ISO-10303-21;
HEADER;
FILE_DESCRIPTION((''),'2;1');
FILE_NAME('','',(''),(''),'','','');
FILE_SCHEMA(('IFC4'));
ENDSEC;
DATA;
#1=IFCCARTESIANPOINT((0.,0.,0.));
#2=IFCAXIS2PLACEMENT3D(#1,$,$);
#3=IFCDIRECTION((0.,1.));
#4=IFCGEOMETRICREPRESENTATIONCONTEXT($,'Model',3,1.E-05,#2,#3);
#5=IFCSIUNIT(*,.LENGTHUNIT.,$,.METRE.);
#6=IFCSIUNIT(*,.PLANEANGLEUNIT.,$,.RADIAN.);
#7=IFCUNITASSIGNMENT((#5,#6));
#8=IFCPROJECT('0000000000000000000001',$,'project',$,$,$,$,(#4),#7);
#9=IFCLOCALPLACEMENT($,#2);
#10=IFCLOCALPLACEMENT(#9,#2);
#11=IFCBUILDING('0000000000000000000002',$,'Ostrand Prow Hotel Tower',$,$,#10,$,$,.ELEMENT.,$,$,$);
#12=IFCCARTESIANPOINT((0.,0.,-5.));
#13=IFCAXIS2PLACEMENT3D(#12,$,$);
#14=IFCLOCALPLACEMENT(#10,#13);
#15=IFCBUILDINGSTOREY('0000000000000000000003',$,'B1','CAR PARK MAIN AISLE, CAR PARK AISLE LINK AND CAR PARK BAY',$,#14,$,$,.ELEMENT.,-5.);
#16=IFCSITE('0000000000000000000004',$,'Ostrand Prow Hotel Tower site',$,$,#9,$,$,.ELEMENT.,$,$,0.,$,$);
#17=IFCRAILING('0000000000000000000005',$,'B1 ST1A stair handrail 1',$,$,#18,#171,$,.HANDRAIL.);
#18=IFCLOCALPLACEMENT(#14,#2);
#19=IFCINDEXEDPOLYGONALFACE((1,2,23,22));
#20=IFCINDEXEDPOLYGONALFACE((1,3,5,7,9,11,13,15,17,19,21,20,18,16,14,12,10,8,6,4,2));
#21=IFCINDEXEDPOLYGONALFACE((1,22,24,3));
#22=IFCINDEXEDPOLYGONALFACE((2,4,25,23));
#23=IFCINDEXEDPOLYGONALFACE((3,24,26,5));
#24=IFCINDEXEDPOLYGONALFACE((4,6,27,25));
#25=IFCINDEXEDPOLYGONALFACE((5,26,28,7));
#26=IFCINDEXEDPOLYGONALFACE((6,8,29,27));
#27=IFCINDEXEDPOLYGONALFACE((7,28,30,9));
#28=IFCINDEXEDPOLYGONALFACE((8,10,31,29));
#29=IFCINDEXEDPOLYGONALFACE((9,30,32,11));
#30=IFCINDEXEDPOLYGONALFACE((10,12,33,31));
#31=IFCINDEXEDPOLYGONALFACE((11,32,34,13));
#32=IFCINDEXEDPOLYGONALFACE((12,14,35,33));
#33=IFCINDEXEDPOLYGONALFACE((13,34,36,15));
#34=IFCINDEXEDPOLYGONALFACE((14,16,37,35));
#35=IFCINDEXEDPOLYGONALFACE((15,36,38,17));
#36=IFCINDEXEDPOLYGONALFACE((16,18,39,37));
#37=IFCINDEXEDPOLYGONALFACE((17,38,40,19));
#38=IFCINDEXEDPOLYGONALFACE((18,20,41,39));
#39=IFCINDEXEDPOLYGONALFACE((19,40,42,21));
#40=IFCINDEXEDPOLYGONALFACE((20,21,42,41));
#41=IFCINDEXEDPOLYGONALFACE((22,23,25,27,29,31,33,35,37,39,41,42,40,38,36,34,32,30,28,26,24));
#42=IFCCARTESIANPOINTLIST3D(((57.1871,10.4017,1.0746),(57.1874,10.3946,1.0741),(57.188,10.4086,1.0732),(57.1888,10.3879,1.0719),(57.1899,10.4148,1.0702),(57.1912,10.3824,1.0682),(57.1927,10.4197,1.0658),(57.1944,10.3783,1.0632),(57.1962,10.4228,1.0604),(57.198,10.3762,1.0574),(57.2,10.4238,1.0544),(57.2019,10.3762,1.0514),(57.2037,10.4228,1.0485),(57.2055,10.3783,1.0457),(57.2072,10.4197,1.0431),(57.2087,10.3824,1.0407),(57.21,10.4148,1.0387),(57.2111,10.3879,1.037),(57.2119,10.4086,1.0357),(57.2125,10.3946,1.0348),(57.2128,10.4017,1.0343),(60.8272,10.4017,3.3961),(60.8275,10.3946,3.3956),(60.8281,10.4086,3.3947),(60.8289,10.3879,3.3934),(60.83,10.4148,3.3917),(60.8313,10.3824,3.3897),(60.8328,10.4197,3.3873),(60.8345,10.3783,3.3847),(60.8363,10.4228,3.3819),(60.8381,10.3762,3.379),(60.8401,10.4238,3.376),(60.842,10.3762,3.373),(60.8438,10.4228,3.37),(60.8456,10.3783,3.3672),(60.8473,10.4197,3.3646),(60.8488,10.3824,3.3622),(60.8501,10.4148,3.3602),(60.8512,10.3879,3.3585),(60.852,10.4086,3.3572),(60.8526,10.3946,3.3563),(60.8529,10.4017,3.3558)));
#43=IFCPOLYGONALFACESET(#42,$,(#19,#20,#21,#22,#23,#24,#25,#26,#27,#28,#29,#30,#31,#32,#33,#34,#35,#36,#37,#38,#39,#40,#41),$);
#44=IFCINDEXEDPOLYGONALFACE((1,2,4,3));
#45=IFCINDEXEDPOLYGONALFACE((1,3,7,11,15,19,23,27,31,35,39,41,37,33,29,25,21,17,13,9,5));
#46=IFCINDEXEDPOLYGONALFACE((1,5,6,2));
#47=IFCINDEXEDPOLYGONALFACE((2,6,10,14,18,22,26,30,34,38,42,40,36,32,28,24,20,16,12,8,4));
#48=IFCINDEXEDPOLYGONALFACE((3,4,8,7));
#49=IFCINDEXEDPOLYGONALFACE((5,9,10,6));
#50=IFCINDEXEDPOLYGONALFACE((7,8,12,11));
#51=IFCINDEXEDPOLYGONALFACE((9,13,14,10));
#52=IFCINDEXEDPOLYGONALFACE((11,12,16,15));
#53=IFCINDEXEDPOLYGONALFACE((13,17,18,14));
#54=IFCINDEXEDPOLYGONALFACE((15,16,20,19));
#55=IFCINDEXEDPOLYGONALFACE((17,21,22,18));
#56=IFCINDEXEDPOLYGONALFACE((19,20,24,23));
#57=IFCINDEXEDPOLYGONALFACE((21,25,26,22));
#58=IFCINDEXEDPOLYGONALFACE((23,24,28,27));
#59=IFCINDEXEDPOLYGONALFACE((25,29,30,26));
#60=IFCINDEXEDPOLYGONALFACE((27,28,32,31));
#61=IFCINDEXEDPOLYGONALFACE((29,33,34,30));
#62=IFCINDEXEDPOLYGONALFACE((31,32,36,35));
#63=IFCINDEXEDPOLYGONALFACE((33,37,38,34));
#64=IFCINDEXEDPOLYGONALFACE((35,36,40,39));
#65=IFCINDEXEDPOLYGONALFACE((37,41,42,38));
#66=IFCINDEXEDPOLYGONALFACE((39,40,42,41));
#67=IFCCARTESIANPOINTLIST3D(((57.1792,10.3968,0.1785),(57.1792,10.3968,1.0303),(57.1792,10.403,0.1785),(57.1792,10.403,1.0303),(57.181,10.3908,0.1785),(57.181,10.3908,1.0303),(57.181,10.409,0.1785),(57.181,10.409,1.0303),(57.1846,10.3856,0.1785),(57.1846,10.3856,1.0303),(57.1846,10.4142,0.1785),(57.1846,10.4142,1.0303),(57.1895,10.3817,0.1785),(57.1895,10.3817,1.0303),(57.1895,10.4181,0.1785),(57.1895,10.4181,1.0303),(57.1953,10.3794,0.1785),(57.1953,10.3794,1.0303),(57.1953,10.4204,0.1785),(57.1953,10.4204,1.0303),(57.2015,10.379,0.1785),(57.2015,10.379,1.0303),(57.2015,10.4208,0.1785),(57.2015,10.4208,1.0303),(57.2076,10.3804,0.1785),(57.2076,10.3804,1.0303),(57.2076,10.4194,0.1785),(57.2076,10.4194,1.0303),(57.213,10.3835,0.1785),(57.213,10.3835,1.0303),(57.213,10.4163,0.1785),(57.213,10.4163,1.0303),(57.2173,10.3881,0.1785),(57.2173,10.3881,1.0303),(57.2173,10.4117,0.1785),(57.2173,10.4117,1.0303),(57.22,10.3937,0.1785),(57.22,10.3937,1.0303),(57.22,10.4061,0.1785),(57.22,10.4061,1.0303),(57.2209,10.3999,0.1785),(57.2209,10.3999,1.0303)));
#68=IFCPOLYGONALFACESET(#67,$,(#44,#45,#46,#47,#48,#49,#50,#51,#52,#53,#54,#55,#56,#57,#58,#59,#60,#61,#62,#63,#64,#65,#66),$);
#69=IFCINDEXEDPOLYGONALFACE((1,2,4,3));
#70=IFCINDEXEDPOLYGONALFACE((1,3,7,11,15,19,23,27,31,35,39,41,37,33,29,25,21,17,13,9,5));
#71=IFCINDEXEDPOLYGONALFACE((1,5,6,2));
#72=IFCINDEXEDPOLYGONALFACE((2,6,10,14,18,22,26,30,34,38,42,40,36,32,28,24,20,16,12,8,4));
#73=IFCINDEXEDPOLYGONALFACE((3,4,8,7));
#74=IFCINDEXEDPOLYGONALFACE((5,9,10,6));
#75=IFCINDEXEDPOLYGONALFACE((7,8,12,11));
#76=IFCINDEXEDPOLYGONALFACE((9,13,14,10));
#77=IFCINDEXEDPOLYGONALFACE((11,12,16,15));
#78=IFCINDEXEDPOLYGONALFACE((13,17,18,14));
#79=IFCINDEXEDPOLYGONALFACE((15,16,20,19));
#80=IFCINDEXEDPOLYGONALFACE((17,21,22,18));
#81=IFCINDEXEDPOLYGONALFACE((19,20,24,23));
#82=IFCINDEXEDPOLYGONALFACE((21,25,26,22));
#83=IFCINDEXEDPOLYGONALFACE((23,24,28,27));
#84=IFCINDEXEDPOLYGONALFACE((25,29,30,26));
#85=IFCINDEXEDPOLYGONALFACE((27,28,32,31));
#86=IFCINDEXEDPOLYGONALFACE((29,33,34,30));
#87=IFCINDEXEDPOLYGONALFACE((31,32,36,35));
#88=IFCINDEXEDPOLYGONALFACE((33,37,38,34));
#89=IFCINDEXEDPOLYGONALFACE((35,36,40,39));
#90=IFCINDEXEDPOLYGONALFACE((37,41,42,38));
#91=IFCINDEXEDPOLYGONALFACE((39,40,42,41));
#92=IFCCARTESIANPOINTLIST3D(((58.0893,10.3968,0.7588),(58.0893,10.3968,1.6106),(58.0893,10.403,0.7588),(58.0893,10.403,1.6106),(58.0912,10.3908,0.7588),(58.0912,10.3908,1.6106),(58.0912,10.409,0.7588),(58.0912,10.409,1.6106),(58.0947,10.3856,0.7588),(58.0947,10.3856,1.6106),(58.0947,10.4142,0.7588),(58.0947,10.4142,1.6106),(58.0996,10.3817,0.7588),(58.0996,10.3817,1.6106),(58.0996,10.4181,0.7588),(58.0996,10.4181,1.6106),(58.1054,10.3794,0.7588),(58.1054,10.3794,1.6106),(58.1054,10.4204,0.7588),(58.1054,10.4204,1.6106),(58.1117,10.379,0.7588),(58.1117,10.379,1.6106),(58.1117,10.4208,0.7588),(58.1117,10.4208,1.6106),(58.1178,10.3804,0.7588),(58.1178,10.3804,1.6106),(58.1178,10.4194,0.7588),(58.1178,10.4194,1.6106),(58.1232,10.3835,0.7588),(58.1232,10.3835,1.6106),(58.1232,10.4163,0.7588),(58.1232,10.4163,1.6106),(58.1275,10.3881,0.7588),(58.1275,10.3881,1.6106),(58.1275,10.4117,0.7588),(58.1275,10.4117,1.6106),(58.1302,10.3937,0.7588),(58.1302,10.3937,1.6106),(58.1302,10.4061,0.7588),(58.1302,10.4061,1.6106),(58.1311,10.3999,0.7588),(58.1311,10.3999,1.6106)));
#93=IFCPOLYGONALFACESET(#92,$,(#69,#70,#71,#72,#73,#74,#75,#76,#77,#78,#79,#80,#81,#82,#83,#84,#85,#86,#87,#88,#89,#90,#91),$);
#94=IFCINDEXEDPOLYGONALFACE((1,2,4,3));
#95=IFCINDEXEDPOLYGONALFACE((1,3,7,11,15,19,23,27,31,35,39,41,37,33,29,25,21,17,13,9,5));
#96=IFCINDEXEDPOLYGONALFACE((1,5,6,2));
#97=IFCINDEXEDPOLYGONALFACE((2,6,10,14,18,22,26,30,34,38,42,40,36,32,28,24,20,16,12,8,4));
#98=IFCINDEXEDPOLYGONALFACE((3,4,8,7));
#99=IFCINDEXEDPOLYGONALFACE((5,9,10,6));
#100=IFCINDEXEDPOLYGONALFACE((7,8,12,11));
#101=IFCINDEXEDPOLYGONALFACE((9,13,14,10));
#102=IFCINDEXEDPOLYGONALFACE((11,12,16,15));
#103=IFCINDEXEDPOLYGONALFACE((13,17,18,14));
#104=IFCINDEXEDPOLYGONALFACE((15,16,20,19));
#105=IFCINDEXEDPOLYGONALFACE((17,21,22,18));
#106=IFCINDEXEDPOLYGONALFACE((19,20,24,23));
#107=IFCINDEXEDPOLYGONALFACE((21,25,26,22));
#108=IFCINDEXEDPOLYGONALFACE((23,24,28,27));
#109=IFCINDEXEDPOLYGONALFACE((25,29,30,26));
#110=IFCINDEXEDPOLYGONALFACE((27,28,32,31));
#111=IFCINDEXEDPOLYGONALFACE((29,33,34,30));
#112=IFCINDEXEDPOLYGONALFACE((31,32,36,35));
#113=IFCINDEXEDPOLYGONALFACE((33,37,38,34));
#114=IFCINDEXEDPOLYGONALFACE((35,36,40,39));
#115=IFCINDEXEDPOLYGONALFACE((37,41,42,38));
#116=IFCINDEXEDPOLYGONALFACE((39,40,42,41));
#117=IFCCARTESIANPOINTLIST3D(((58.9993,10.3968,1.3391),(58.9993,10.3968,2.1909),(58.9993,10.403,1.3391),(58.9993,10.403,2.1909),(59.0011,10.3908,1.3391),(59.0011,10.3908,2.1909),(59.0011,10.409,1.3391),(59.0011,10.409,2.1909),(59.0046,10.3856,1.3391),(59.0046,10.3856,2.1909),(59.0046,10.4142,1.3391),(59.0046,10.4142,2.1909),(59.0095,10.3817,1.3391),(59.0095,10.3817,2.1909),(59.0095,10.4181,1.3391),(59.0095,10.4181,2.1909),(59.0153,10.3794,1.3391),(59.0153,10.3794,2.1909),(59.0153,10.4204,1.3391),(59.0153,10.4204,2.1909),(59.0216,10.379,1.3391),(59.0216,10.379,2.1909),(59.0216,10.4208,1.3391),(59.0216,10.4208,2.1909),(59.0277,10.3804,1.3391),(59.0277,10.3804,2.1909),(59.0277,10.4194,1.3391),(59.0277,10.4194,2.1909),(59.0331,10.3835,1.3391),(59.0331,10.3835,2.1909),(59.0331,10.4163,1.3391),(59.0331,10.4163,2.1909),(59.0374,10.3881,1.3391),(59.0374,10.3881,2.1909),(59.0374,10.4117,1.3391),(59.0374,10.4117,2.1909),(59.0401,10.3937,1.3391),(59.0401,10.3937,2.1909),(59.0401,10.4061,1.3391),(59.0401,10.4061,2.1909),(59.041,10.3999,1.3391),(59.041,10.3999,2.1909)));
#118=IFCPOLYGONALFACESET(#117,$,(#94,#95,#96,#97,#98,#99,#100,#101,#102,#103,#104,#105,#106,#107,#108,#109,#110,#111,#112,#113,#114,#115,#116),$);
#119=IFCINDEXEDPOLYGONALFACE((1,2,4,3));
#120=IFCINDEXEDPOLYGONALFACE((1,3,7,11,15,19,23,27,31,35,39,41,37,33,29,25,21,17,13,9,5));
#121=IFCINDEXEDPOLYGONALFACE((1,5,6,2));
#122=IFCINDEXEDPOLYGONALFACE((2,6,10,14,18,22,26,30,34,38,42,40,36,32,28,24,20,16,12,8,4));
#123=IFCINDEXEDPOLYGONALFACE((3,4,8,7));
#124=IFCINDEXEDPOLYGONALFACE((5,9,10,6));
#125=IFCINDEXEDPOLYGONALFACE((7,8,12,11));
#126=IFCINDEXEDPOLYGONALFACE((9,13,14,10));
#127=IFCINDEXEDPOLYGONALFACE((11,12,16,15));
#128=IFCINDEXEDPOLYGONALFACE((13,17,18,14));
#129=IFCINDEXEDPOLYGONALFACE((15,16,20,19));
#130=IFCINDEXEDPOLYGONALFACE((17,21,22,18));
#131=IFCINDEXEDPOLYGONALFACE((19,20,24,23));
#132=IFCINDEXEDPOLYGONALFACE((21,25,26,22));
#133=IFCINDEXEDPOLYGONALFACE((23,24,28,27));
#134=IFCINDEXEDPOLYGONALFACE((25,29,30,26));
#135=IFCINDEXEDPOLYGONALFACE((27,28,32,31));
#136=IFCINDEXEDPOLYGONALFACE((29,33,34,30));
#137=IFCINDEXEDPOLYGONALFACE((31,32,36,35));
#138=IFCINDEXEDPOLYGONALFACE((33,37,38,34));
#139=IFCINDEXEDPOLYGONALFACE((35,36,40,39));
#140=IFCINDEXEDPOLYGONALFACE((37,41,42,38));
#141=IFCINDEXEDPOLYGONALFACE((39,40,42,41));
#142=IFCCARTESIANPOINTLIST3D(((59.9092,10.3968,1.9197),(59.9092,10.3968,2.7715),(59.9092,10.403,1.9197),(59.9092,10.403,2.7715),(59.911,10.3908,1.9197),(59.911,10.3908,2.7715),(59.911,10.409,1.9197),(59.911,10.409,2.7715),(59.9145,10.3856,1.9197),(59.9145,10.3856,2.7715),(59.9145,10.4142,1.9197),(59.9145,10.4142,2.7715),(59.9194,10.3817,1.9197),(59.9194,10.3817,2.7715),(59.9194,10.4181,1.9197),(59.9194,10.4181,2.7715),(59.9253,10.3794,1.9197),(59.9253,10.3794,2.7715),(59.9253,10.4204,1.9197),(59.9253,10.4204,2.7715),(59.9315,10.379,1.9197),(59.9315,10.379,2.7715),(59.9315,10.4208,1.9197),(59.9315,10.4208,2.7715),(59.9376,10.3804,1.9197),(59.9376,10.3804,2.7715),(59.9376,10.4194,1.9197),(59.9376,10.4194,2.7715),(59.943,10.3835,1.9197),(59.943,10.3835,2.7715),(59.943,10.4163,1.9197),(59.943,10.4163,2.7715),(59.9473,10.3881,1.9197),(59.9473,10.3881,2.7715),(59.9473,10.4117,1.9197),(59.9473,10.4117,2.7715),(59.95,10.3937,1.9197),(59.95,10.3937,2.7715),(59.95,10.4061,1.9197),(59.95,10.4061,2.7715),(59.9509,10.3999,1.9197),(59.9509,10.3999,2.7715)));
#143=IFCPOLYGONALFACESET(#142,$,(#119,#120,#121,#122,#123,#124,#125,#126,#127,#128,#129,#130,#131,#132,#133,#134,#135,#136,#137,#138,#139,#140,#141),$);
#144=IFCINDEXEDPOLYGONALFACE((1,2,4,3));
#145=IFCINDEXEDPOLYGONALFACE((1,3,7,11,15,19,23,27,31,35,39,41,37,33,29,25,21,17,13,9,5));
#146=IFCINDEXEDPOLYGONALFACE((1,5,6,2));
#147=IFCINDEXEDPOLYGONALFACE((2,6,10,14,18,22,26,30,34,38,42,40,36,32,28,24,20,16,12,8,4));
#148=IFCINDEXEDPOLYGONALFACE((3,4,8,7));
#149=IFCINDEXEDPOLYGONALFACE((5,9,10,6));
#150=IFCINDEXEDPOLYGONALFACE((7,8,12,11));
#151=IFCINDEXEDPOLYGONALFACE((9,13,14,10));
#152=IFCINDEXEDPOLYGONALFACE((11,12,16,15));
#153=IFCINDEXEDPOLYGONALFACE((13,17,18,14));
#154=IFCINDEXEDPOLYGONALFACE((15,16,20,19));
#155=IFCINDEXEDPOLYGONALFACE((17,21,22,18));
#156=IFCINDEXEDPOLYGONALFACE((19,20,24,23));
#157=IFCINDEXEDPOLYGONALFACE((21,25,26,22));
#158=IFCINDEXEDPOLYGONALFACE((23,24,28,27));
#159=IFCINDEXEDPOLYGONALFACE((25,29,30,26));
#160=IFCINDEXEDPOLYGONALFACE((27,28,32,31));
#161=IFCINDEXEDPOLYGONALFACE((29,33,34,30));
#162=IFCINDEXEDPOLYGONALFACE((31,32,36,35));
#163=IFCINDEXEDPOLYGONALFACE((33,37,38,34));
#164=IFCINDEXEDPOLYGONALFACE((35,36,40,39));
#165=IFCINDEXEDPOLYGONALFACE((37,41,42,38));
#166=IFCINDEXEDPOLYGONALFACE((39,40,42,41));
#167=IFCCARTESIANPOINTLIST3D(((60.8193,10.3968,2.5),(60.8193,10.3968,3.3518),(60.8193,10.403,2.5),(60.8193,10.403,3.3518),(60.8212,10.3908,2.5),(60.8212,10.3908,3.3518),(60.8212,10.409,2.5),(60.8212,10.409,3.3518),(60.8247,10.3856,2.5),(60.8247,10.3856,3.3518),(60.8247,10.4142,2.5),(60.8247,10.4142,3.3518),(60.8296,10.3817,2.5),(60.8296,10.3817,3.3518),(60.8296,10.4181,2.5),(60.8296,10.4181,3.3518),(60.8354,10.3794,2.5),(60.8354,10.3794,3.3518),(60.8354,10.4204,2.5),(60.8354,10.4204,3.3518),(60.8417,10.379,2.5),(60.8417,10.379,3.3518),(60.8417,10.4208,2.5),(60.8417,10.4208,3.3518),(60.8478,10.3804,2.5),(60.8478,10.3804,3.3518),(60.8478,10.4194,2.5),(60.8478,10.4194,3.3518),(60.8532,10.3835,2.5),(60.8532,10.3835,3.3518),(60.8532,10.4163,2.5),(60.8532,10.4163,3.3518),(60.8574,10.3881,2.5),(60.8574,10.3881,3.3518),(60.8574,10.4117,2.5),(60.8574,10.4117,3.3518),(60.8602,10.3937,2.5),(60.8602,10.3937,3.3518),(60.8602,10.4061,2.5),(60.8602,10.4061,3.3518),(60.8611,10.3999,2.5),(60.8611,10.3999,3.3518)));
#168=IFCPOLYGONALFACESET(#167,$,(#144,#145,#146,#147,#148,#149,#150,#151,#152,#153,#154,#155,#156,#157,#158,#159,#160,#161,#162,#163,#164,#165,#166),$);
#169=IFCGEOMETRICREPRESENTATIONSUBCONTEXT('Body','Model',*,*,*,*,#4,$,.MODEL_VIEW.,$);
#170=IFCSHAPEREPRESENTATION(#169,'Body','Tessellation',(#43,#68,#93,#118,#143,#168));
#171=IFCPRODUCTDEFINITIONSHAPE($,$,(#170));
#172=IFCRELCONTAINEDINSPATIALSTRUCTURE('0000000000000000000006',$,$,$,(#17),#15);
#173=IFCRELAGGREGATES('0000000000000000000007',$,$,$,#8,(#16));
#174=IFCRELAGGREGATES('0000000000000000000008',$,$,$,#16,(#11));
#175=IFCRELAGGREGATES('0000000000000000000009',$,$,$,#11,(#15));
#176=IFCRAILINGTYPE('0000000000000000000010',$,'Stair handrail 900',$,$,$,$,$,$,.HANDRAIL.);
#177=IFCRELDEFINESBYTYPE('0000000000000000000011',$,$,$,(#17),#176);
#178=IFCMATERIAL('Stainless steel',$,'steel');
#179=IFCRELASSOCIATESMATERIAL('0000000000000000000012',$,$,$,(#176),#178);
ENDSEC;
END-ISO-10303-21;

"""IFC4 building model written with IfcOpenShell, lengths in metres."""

from ifc_helpers import new_model, si_unit, direction, frame, origin, origin_2d, place, context, subcontext, project, spatial, circle, extrude, material, type_object, element, save


model = new_model("IFC4")

# Units and contexts
model_context = context("Model", 3, precision=1e-05, world=origin(), true_north=direction((0.0, 1.0)))
body_context = subcontext(model_context, "Body", "Model", "MODEL_VIEW")
ifc_project = project(units=[si_unit("LENGTHUNIT", "METRE"), si_unit("PLANEANGLEUNIT", "RADIAN")], contexts=[model_context])

# Site, building, storey
site_placement = place(None, origin())
site = spatial("IfcSite", under=ifc_project, at=site_placement, Name="Ostrand Prow Hotel Tower site", CompositionType="ELEMENT", RefElevation=0.0)
building_placement = place(site_placement, origin())
building = spatial("IfcBuilding", under=site, at=building_placement, Name="Ostrand Prow Hotel Tower", CompositionType="ELEMENT")
storey_placement = place(building_placement, frame((0.0, 0.0, -5.0)))
storey = spatial("IfcBuildingStorey", under=building, at=storey_placement, Name="B1", Description="CAR PARK MAIN AISLE, CAR PARK AISLE LINK AND CAR PARK BAY", CompositionType="ELEMENT", Elevation=-5.0)

# Railing
ifc_material_1 = material(Name="Stainless steel", Category="steel")
railing_type_1 = type_object("IfcRailingType", Name="Stair handrail 900", PredefinedType="HANDRAIL", material=ifc_material_1)
railing_1_placement = place(storey_placement, frame((57.2, 10.3999, 0.1785)))
element("IfcRailing", 1, at=railing_1_placement, inside=storey, type_object=railing_type_1, Name="B1 ST1A stair handrail 1", PredefinedType="HANDRAIL", context=body_context, shape_type="SweptSolid", body=[
    extrude(circle(Radius=0.0239, at=origin_2d()), frame((0.0, 0.0, 0.876), z_axis=(0.843128, 0.0, 0.537713), x_axis=(0.0, 1.0, 0.0)), (0.0, 0.0, 1.0), 4.3174),
    extrude(circle(Radius=0.021, at=origin_2d()), origin(), (0.0, 0.0, 1.0), 0.8518),
    extrude(circle(Radius=0.021, at=origin_2d()), frame((0.9102, 0.0, 0.5803)), (0.0, 0.0, 1.0), 0.8518),
    extrude(circle(Radius=0.021, at=origin_2d()), frame((1.8201, 0.0, 1.1606)), (0.0, 0.0, 1.0), 0.8518),
    extrude(circle(Radius=0.021, at=origin_2d()), frame((2.73, 0.0, 1.7412)), (0.0, 0.0, 1.0), 0.8518),
    extrude(circle(Radius=0.021, at=origin_2d()), frame((3.6401, 0.0, 2.3215)), (0.0, 0.0, 1.0), 0.8518),
])

save(model, "model.ifc")
